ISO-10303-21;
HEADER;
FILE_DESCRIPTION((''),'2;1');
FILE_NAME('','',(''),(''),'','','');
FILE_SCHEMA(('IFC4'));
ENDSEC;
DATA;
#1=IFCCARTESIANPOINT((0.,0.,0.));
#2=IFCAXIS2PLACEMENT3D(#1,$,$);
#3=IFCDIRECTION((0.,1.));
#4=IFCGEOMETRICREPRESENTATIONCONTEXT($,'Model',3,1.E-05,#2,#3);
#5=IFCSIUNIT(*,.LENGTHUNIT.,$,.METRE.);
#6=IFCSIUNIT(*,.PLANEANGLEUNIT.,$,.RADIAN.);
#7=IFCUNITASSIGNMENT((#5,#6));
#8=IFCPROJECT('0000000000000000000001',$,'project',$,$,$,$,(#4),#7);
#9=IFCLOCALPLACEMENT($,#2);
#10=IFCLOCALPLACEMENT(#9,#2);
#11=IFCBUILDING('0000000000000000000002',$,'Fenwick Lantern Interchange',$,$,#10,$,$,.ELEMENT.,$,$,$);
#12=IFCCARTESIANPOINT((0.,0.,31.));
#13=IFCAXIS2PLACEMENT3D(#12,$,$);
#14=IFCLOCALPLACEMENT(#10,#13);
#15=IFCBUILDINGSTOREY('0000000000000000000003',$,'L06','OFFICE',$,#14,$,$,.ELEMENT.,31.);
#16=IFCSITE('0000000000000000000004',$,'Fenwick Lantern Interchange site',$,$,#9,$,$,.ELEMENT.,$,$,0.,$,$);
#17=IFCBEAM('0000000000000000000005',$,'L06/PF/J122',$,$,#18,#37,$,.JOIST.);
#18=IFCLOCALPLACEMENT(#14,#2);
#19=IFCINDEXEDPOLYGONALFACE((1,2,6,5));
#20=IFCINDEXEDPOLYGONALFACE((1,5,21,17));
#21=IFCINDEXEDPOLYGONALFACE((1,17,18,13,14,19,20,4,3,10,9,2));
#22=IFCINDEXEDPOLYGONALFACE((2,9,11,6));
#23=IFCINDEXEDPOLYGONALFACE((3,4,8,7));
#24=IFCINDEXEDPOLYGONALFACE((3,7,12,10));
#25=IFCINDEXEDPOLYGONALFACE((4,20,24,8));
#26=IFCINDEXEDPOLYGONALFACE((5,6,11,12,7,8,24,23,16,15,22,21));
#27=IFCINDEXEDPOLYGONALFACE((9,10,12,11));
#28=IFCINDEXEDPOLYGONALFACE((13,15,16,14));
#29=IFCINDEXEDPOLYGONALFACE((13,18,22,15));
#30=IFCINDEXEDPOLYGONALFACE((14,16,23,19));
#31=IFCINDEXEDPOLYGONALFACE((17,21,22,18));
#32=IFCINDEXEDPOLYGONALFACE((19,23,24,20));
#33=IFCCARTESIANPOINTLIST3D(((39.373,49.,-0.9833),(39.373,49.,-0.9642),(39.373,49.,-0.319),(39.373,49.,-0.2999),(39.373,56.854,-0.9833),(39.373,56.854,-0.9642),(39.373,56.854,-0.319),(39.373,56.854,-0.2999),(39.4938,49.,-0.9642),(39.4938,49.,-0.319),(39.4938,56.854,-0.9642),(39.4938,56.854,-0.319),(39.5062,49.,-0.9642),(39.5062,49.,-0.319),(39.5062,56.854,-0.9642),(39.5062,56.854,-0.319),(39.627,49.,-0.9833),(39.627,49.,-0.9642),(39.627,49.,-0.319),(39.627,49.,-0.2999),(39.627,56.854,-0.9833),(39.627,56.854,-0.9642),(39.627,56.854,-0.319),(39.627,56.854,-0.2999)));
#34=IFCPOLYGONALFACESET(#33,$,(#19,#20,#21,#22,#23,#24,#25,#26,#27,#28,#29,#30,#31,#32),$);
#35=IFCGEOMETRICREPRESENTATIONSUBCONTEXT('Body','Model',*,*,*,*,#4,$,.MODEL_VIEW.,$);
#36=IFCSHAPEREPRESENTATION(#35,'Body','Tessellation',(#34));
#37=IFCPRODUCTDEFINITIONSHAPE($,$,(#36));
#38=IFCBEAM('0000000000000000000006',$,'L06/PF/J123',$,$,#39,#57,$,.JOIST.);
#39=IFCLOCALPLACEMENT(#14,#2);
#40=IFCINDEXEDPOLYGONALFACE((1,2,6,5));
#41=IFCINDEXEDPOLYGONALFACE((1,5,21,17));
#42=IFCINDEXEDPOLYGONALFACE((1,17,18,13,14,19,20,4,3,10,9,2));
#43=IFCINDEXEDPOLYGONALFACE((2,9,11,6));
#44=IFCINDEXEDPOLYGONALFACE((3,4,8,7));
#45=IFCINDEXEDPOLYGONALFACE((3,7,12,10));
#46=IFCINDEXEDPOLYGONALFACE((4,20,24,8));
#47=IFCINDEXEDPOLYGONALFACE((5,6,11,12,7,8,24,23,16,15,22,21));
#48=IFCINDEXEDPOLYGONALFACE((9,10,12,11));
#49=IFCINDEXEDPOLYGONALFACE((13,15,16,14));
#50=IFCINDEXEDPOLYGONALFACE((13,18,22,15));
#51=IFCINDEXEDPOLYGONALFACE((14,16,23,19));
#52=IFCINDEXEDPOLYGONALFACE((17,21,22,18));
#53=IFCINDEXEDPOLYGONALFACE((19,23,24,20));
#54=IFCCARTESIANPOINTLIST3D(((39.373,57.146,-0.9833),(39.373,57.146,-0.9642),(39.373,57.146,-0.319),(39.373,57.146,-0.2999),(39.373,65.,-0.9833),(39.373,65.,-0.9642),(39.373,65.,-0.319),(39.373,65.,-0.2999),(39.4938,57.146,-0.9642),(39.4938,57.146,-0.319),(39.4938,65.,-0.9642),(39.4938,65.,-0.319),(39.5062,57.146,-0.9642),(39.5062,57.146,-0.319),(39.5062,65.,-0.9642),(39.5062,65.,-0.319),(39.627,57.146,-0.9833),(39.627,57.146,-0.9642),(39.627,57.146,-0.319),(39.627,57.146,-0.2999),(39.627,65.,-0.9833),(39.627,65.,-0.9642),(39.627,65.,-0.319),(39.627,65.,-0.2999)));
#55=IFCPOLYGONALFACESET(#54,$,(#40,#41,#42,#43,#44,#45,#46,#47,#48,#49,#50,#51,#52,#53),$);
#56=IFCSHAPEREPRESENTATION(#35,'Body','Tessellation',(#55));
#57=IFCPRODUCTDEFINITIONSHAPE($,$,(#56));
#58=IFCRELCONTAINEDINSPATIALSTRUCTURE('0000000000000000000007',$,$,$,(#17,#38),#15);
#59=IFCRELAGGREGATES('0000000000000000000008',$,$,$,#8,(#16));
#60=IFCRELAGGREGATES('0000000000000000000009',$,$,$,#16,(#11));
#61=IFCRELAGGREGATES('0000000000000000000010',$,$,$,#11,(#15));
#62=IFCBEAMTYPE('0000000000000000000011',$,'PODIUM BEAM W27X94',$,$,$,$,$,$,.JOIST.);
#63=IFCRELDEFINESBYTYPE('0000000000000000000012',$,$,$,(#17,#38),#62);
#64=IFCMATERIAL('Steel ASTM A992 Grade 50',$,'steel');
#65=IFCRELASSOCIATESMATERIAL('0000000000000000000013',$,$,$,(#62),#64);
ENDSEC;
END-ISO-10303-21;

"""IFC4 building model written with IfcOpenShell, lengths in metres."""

from ifc_helpers import new_model, si_unit, direction, frame, origin, origin_2d, place, context, subcontext, project, spatial, i_section, extrude, material, material_profile, profile_set, type_object, element, save


model = new_model("IFC4")

# Units and contexts
model_context = context("Model", 3, precision=1e-05, world=origin(), true_north=direction((0.0, 1.0)))
body_context = subcontext(model_context, "Body", "Model", "MODEL_VIEW")
ifc_project = project(units=[si_unit("LENGTHUNIT", "METRE"), si_unit("PLANEANGLEUNIT", "RADIAN")], contexts=[model_context])

# Site, building, storey
site_placement = place(None, origin())
site = spatial("IfcSite", under=ifc_project, at=site_placement, Name="Fenwick Lantern Interchange site", CompositionType="ELEMENT", RefElevation=0.0)
building_placement = place(site_placement, origin())
building = spatial("IfcBuilding", under=site, at=building_placement, Name="Fenwick Lantern Interchange", CompositionType="ELEMENT")
storey_placement = place(building_placement, frame((0.0, 0.0, 31.0)))
storey = spatial("IfcBuildingStorey", under=building, at=storey_placement, Name="L06", Description="OFFICE", CompositionType="ELEMENT", Elevation=31.0)

# Shared definitions
ifc_material_1 = material(Name="Steel ASTM A992 Grade 50", Category="steel")

# Beams
ifc_material_profile_1 = material_profile(ifc_material_1, i_section(OverallWidth=0.2539, OverallDepth=0.6833, WebThickness=0.0125, FlangeThickness=0.019, at=origin_2d()), Name="W27X94")
ifc_profile_set_1 = profile_set([ifc_material_profile_1], Name="Steel ASTM A992 Grade 50")
beam_type_1 = type_object("IfcBeamType", Name="PODIUM BEAM W27X94", PredefinedType="JOIST", material=ifc_profile_set_1)
for number, where, z_axis, x_axis, name in (
    (1, (39.5, 49.0, -0.6416), (0.0, 1.0, 0.0), (-1.0, 0.0, 0.0), "L06/PF/J122"),
    (2, (39.5, 57.146, -0.6416), (0.0, 1.0, 0.0), (-1.0, 0.0, 0.0), "L06/PF/J123"),
):
    element("IfcBeam", number, at=place(storey_placement, frame(where, z_axis=z_axis, x_axis=x_axis)), inside=storey, type_object=beam_type_1, Name=name, PredefinedType="JOIST", context=body_context, shape_type="SweptSolid", body=[
        extrude(i_section(OverallWidth=0.2539, OverallDepth=0.6833, WebThickness=0.0125, FlangeThickness=0.019, at=origin_2d()), origin(), (0.0, 0.0, 1.0), 7.854),
    ])

save(model, "model.ifc")
